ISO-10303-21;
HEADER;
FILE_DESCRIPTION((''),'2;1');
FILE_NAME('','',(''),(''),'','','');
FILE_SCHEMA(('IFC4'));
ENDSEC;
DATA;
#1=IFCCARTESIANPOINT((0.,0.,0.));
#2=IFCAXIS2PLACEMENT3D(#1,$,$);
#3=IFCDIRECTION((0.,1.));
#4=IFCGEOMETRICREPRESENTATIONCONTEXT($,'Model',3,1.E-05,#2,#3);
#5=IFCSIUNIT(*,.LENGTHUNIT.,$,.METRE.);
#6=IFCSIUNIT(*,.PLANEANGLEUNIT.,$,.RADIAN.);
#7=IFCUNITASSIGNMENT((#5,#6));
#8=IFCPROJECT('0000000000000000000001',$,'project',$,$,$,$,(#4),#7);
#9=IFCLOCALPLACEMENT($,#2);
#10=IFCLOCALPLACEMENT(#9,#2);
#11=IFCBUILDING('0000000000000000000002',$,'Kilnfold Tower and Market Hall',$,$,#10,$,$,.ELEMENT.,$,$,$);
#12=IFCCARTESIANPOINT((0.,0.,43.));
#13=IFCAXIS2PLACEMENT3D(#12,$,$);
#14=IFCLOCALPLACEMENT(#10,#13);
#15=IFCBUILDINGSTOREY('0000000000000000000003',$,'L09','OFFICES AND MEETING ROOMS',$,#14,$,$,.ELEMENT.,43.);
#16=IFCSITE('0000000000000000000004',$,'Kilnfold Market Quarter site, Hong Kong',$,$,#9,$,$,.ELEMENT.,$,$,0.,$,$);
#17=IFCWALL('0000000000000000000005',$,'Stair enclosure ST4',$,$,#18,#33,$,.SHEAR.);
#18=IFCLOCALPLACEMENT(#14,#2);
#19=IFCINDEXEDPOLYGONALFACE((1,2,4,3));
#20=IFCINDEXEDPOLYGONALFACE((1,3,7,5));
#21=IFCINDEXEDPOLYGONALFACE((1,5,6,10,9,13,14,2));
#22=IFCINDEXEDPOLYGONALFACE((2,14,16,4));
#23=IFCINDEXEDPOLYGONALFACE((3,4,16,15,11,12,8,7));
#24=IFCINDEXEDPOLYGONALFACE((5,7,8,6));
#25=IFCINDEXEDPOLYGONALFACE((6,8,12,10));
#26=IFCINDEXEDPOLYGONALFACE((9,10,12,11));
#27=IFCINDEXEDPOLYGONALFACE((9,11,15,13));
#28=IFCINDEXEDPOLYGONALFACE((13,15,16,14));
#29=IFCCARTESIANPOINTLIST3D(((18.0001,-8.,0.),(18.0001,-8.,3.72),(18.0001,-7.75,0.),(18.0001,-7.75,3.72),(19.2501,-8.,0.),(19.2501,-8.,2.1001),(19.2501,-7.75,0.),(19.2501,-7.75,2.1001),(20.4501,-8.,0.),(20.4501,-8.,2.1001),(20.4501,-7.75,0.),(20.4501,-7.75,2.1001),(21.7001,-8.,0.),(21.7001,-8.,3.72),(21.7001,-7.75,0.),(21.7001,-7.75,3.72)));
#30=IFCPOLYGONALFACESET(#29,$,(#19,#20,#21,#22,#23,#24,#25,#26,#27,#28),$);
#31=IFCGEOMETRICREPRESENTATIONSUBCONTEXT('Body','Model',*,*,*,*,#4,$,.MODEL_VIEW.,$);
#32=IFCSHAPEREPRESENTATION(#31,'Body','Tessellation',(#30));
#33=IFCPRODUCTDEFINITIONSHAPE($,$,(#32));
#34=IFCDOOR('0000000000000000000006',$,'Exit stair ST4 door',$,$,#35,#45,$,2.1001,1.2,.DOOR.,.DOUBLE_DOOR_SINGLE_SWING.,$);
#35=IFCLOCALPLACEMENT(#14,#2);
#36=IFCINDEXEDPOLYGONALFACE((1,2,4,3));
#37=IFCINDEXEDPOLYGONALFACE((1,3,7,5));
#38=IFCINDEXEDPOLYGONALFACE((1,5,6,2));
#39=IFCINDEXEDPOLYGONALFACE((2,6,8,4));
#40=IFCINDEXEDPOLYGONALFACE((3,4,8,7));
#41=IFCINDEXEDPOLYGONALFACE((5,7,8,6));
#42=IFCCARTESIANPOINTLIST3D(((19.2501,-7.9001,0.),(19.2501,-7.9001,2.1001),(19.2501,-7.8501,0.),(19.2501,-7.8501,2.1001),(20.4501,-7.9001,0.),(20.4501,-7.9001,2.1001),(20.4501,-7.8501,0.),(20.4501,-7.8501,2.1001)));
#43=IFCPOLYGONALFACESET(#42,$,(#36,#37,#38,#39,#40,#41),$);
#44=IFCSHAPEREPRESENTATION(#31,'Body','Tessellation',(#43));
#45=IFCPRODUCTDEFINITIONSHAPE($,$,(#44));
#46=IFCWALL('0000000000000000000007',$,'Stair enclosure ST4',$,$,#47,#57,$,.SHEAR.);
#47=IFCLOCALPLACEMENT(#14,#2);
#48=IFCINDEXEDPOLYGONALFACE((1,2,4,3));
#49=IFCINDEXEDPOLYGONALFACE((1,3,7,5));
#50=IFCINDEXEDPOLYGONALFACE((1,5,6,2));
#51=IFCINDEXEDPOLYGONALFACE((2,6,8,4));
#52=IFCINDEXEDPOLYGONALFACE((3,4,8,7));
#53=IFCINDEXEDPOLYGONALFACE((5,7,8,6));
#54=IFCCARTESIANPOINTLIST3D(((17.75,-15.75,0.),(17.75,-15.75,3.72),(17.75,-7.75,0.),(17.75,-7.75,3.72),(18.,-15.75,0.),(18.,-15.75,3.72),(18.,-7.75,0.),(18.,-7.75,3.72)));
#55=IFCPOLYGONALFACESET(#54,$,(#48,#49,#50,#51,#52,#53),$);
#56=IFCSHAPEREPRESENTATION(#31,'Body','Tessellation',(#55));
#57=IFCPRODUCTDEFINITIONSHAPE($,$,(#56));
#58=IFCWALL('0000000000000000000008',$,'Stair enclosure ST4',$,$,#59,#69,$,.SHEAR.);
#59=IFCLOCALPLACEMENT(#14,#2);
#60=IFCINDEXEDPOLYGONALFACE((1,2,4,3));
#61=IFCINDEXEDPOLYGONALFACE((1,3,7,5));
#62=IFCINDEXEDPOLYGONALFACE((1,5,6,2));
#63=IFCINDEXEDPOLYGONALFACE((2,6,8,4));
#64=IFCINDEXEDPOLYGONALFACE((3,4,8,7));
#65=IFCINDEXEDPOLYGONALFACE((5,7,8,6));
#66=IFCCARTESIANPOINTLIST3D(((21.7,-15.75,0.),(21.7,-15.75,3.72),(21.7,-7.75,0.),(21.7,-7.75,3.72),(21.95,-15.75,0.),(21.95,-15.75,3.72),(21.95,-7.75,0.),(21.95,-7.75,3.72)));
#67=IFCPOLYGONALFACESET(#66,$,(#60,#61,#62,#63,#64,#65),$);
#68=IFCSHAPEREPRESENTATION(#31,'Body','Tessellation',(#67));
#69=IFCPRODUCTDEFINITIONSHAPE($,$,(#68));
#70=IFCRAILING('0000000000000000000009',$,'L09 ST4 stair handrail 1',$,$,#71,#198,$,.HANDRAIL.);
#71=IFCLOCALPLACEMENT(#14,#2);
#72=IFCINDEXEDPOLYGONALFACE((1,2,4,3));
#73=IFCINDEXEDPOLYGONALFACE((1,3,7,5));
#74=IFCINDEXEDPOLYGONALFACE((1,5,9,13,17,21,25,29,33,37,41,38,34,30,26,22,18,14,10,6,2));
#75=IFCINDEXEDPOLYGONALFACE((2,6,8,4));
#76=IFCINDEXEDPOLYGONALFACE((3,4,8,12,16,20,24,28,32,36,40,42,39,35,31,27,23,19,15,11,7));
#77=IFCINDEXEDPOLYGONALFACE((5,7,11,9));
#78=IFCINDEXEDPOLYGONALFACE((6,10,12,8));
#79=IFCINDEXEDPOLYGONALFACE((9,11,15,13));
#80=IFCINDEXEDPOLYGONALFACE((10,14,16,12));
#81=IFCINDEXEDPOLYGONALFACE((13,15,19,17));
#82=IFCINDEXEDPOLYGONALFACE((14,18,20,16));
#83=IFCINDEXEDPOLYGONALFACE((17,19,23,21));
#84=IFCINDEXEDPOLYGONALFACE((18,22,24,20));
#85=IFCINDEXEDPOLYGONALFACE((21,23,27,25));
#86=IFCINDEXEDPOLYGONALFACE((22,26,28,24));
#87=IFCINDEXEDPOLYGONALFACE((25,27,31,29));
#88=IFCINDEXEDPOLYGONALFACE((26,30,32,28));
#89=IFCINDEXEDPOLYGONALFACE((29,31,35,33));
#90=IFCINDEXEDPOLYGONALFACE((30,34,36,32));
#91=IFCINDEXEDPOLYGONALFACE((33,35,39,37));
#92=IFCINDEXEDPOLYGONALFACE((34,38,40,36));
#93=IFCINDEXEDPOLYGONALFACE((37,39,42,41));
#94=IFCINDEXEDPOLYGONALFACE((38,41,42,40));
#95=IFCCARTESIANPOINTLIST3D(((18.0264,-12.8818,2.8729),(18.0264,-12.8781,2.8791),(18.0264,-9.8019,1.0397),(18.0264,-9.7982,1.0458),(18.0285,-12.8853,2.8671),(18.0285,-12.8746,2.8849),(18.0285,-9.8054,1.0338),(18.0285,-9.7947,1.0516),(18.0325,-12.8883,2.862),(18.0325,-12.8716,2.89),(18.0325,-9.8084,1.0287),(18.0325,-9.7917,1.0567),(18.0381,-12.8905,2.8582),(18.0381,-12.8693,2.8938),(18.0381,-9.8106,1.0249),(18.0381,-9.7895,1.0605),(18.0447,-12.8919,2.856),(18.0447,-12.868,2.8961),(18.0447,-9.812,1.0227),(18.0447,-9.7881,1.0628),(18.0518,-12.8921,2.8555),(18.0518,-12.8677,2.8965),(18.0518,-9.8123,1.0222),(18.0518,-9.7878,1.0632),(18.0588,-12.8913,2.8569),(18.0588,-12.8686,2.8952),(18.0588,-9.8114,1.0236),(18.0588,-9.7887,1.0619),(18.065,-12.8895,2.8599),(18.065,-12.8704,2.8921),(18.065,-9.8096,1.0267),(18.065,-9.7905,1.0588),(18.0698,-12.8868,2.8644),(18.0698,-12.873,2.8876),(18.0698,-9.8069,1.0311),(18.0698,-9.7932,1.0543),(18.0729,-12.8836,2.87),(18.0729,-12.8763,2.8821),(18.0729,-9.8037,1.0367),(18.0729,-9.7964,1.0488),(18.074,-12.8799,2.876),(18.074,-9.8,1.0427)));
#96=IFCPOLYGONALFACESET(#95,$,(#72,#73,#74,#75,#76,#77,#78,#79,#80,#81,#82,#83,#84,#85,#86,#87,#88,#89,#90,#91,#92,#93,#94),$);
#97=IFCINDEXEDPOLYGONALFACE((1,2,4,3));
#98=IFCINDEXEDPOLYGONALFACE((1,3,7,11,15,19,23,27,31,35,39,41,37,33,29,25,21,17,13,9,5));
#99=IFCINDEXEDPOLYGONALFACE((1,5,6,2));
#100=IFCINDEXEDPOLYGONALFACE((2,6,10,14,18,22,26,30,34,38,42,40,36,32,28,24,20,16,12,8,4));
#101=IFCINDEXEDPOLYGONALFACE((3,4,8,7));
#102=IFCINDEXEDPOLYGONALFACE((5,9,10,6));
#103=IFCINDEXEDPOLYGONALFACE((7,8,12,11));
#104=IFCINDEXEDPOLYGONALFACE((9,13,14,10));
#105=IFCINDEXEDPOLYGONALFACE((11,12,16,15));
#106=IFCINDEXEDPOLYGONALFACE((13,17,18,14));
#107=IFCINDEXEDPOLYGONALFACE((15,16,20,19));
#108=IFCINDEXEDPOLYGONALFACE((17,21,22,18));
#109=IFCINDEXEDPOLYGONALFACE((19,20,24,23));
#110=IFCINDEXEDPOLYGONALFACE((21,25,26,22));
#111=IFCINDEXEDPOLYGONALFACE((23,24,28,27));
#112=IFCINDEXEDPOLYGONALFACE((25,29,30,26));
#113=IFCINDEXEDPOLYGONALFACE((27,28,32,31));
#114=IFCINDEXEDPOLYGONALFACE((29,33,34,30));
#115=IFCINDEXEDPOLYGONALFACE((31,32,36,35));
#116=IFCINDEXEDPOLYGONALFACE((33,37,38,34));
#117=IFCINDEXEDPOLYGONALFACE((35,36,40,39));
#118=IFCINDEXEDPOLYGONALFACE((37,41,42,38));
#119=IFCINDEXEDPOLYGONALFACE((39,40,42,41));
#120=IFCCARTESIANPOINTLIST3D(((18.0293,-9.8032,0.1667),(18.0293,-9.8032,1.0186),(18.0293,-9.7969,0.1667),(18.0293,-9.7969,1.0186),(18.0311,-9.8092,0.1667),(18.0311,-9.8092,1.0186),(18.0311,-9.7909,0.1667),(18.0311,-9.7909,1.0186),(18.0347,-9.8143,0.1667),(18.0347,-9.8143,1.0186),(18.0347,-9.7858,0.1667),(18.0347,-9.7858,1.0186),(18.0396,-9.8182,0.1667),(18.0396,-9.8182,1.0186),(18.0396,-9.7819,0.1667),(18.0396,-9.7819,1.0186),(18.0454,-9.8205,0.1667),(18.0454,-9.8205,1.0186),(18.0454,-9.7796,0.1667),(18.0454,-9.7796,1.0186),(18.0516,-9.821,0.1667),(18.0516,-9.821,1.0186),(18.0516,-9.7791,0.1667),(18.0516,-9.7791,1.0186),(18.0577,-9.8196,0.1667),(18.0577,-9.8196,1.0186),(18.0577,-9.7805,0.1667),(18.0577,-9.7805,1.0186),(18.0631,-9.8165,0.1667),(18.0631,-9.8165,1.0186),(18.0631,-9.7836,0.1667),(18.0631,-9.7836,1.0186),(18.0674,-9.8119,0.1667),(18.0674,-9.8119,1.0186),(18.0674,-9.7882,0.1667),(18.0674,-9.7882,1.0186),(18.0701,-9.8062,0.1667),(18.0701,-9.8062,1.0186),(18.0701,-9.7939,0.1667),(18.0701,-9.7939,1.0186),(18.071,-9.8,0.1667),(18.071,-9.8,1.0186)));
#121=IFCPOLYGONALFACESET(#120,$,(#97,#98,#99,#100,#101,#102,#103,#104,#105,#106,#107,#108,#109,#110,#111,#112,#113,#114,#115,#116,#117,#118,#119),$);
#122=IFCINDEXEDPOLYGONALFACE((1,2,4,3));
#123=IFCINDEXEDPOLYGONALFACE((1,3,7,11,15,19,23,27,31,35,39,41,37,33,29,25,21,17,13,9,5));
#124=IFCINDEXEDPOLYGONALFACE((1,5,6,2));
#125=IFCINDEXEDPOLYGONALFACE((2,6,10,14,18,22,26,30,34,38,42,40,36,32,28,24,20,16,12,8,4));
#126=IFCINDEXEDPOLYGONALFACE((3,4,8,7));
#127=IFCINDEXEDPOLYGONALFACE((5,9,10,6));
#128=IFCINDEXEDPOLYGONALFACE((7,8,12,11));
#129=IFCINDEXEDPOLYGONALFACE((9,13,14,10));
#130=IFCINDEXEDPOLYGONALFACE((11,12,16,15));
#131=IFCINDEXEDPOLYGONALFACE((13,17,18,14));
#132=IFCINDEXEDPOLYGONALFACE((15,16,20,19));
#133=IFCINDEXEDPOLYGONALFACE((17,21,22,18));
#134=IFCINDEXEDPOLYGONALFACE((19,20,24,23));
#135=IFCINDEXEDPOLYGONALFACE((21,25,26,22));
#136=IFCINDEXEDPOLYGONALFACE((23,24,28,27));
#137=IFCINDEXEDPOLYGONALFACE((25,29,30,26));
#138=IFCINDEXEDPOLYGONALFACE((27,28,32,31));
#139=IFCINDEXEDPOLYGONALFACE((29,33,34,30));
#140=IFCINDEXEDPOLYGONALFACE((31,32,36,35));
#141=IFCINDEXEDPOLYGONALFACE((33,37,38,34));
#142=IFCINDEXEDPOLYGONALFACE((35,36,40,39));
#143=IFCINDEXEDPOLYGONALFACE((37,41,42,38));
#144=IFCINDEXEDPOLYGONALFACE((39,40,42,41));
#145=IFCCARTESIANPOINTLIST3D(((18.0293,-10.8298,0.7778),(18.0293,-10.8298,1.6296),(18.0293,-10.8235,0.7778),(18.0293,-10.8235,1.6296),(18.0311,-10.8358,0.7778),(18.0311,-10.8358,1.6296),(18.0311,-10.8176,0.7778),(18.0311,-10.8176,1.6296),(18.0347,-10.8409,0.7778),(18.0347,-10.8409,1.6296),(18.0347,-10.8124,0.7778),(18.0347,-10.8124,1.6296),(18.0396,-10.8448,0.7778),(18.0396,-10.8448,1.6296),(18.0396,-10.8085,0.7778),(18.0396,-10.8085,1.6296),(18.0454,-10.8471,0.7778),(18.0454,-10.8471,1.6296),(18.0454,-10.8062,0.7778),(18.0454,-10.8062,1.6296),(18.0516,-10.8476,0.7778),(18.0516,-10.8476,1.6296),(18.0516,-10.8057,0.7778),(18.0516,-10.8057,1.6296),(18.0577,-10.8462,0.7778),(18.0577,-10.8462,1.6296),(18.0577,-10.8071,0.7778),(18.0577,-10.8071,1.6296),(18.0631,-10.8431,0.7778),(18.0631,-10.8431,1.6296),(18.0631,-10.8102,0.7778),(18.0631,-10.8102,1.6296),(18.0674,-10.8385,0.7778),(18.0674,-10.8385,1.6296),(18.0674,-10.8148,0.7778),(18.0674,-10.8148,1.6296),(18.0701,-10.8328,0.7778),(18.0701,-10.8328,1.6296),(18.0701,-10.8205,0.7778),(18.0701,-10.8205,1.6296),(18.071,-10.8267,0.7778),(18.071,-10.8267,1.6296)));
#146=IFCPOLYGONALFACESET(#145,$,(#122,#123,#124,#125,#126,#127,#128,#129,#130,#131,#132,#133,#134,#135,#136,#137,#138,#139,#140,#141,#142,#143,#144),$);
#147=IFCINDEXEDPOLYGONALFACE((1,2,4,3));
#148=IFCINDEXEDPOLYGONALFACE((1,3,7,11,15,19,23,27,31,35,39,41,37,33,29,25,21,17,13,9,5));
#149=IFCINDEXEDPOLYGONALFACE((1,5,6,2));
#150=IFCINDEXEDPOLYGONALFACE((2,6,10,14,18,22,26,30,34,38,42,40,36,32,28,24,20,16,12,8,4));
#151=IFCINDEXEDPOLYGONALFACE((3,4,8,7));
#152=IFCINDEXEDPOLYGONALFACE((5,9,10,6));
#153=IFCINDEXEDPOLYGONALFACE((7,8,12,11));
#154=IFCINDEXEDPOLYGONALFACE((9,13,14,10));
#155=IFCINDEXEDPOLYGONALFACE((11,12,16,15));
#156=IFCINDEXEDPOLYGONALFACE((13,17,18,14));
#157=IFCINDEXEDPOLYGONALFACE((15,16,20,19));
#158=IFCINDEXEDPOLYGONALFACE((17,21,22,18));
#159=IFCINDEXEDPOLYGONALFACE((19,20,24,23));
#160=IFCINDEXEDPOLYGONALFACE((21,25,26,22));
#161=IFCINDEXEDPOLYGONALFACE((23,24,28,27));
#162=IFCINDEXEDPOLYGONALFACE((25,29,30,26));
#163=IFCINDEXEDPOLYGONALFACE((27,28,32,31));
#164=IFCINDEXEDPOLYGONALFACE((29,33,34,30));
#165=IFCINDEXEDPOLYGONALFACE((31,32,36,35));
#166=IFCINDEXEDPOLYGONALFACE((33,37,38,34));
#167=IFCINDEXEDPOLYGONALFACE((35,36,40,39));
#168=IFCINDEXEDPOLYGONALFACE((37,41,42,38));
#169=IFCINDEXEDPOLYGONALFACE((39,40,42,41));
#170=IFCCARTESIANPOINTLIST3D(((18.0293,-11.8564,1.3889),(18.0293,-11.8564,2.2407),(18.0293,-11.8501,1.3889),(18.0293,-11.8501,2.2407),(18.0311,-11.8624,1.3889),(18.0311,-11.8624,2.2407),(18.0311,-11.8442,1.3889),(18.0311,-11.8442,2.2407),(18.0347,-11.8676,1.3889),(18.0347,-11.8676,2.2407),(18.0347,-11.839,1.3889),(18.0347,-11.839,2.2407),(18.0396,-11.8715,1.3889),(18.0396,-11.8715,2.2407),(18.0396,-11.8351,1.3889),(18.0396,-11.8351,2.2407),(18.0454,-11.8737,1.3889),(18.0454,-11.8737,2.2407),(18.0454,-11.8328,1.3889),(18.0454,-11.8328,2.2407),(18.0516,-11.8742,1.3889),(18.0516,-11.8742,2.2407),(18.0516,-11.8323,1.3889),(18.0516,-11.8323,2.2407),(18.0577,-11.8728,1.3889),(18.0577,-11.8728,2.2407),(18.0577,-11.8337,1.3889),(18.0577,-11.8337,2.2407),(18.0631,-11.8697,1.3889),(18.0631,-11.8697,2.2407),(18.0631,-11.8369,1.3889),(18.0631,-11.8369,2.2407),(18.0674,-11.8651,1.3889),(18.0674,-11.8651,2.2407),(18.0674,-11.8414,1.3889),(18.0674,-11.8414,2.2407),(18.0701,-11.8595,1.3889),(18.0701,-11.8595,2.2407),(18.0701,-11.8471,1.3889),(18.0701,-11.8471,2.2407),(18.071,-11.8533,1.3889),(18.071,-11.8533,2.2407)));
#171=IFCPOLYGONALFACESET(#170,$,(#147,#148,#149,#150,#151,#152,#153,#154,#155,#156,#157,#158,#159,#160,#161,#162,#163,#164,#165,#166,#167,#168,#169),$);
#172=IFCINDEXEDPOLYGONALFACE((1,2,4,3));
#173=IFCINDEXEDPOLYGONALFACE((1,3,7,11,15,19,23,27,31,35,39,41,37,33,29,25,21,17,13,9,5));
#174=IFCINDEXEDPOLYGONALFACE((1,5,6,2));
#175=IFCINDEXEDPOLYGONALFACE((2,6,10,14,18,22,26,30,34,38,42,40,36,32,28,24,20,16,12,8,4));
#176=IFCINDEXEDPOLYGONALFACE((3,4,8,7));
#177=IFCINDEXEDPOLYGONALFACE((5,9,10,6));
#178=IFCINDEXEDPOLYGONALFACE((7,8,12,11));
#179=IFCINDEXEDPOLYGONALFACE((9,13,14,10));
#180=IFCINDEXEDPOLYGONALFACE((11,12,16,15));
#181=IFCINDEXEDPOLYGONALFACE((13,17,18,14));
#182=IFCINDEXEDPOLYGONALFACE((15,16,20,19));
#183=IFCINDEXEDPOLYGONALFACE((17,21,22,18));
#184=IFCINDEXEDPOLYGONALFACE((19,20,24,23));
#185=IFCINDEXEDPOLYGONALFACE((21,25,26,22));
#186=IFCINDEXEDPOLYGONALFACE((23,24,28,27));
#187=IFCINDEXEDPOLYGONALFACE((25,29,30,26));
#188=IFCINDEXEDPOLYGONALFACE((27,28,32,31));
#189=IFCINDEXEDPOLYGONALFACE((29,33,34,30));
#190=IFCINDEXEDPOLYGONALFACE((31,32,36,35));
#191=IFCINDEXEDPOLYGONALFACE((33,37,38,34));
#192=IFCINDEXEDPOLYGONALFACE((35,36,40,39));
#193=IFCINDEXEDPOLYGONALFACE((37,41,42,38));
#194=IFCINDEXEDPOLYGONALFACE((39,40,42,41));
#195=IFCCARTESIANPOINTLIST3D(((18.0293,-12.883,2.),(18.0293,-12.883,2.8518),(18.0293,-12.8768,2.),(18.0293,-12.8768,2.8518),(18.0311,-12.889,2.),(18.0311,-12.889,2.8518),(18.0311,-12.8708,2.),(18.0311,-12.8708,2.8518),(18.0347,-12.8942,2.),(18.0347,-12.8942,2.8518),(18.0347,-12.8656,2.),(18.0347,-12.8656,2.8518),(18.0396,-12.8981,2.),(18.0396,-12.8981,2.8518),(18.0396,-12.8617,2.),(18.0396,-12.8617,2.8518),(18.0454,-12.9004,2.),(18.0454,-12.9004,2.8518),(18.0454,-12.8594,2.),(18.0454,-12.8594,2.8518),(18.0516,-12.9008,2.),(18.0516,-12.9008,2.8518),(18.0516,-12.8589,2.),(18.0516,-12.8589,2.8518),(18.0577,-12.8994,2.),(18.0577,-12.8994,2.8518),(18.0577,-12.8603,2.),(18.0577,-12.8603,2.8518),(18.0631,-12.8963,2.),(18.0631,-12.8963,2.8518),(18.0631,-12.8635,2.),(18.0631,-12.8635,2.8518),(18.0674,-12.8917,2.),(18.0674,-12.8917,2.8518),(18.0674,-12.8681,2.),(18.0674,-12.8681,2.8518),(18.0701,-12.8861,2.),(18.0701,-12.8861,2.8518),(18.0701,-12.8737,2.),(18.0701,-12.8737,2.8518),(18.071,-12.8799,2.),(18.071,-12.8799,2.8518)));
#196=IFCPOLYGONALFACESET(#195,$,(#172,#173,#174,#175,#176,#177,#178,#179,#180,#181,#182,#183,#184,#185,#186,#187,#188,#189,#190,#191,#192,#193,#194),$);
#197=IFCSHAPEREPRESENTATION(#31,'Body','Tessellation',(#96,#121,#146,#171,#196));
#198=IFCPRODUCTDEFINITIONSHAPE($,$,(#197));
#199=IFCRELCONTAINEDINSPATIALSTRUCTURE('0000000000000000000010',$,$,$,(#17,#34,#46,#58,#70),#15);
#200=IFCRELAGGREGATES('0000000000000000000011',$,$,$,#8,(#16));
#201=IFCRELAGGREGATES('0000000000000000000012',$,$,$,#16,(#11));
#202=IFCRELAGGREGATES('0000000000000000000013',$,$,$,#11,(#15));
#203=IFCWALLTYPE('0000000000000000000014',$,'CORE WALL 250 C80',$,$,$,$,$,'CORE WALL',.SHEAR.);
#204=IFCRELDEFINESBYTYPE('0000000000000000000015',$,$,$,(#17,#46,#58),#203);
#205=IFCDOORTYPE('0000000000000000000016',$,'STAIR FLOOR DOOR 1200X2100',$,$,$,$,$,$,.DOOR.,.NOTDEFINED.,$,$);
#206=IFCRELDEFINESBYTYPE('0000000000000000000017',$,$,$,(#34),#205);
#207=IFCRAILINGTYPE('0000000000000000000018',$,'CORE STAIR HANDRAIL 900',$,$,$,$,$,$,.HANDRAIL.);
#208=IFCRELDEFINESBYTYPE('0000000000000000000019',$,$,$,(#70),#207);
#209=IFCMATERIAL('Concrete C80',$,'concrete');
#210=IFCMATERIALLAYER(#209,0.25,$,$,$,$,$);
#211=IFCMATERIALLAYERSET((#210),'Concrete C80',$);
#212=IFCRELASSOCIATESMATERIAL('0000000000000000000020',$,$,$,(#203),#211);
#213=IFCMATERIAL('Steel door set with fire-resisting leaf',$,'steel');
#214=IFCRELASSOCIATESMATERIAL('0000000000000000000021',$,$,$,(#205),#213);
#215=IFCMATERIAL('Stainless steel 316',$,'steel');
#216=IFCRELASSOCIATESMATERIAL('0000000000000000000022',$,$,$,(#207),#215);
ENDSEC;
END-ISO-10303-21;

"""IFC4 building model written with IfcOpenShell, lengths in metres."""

from ifc_helpers import new_model, si_unit, direction, frame, frame_2d, origin, origin_2d, place, context, subcontext, project, spatial, rectangle, circle, extrude, source, transform, mapped, material, layer, layer_set, type_object, element, fill, save


model = new_model("IFC4")

# Units and contexts
model_context = context("Model", 3, precision=1e-05, world=origin(), true_north=direction((0.0, 1.0)))
body_context = subcontext(model_context, "Body", "Model", "MODEL_VIEW")
ifc_project = project(units=[si_unit("LENGTHUNIT", "METRE"), si_unit("PLANEANGLEUNIT", "RADIAN")], contexts=[model_context])

# Site, building, storey
site_placement = place(None, origin())
site = spatial("IfcSite", under=ifc_project, at=site_placement, Name="Kilnfold Market Quarter site, Hong Kong", CompositionType="ELEMENT", RefElevation=0.0)
building_placement = place(site_placement, origin())
building = spatial("IfcBuilding", under=site, at=building_placement, Name="Kilnfold Tower and Market Hall", CompositionType="ELEMENT")
storey_placement = place(building_placement, frame((0.0, 0.0, 43.0)))
storey = spatial("IfcBuildingStorey", under=building, at=storey_placement, Name="L09", Description="OFFICES AND MEETING ROOMS", CompositionType="ELEMENT", Elevation=43.0)

# Shared definitions
ifc_material_1 = material(Name="Concrete C80", Category="concrete")
ifc_layer_1 = layer(ifc_material_1, 0.25)
ifc_layer_set_1 = layer_set([ifc_layer_1], Name="Concrete C80")
wall_type_1 = type_object("IfcWallType", Name="CORE WALL 250 C80", ElementType="CORE WALL", PredefinedType="SHEAR", material=ifc_layer_set_1)
shared_shape_1 = source(origin(), body_context, "Body", "SweptSolid", [
    extrude(rectangle(XDim=3.7, YDim=0.25, at=frame_2d((1.8501, 0.0))), origin(), (0.0, 0.0, 1.0), 3.72),
])

# Wall, opening, door
wall_1_placement = place(storey_placement, frame((18.0, -7.875, 0.0), z_axis=(0.0, 0.0, 1.0), x_axis=(1.0, 0.0, 0.0)))
wall_1 = element("IfcWall", 1, at=wall_1_placement, inside=storey, type_object=wall_type_1, Name="Stair enclosure ST4", PredefinedType="SHEAR", context=body_context, shape_type="MappedRepresentation", body=[
    mapped(shared_shape_1, transform((0.0, 0.0, 0.0))),
])
opening_1_placement = place(wall_1_placement, frame((1.25, 0.0, 0.0)))
opening_1 = element("IfcOpeningElement", 2, at=opening_1_placement, cuts=wall_1, PredefinedType="OPENING", context=body_context, shape_type="SweptSolid", body=[
    extrude(rectangle(XDim=1.2, YDim=2.1001, at=frame_2d((0.6001, 1.05))), frame((0.0, 0.135, 0.0), z_axis=(0.0, -1.0, 0.0), x_axis=(1.0, 0.0, 0.0)), (0.0, 0.0, 1.0), 0.27),
])
ifc_material_2 = material(Name="Steel door set with fire-resisting leaf", Category="steel")
door_type_1 = type_object("IfcDoorType", Name="STAIR FLOOR DOOR 1200X2100", OperationType="NOTDEFINED", PredefinedType="DOOR", material=ifc_material_2)
door_1_placement = place(opening_1_placement, origin())
door_1 = element("IfcDoor", 3, at=door_1_placement, inside=storey, type_object=door_type_1, Name="Exit stair ST4 door", OperationType="DOUBLE_DOOR_SINGLE_SWING", OverallHeight=2.1001, OverallWidth=1.2, PredefinedType="DOOR", context=body_context, shape_type="SweptSolid", body=[
    extrude(rectangle(XDim=1.2, YDim=2.1001, at=frame_2d((0.6001, 1.05))), frame((0.0, 0.0249, 0.0), z_axis=(0.0, -1.0, 0.0), x_axis=(1.0, 0.0, 0.0)), (0.0, 0.0, 1.0), 0.05),
])
fill(opening_1, door_1)

# Walls
shared_shape_2 = source(origin(), body_context, "Body", "SweptSolid", [
    extrude(rectangle(XDim=8.0, YDim=0.25, at=frame_2d((4.0, 0.0))), origin(), (0.0, 0.0, 1.0), 3.72),
])
for number, where, z_axis, x_axis, name in (
    (4, (17.875, -15.75, 0.0), (0.0, 0.0, 1.0), (0.0, 1.0, 0.0), "Stair enclosure ST4"),
    (5, (21.825, -15.75, 0.0), (0.0, 0.0, 1.0), (0.0, 1.0, 0.0), "Stair enclosure ST4"),
):
    element("IfcWall", number, at=place(storey_placement, frame(where, z_axis=z_axis, x_axis=x_axis)), inside=storey, type_object=wall_type_1, Name=name, PredefinedType="SHEAR", context=body_context, shape_type="MappedRepresentation", body=[
        mapped(shared_shape_2, transform((0.0, 0.0, 0.0))),
    ])

# Railing
ifc_material_3 = material(Name="Stainless steel 316", Category="steel")
railing_type_1 = type_object("IfcRailingType", Name="CORE STAIR HANDRAIL 900", PredefinedType="HANDRAIL", material=ifc_material_3)
railing_1_placement = place(storey_placement, frame((18.05, -9.8, 0.1667)))
element("IfcRailing", 6, at=railing_1_placement, inside=storey, type_object=railing_type_1, Name="L09 ST4 stair handrail 1", PredefinedType="HANDRAIL", context=body_context, shape_type="SweptSolid", body=[
    extrude(circle(Radius=0.0239, at=origin_2d()), frame((0.0, 0.0, 0.876), z_axis=(0.0, -0.859291, 0.511487), x_axis=(1.0, 0.0, 0.0)), (0.0, 0.0, 1.0), 3.5842),
    extrude(circle(Radius=0.021, at=origin_2d()), origin(), (0.0, 0.0, 1.0), 0.8518),
    extrude(circle(Radius=0.021, at=origin_2d()), frame((0.0, -1.0266, 0.6111)), (0.0, 0.0, 1.0), 0.8518),
    extrude(circle(Radius=0.021, at=origin_2d()), frame((0.0, -2.0532, 1.2222)), (0.0, 0.0, 1.0), 0.8518),
    extrude(circle(Radius=0.021, at=origin_2d()), frame((0.0, -3.0798, 1.8333)), (0.0, 0.0, 1.0), 0.8518),
])

save(model, "model.ifc")
